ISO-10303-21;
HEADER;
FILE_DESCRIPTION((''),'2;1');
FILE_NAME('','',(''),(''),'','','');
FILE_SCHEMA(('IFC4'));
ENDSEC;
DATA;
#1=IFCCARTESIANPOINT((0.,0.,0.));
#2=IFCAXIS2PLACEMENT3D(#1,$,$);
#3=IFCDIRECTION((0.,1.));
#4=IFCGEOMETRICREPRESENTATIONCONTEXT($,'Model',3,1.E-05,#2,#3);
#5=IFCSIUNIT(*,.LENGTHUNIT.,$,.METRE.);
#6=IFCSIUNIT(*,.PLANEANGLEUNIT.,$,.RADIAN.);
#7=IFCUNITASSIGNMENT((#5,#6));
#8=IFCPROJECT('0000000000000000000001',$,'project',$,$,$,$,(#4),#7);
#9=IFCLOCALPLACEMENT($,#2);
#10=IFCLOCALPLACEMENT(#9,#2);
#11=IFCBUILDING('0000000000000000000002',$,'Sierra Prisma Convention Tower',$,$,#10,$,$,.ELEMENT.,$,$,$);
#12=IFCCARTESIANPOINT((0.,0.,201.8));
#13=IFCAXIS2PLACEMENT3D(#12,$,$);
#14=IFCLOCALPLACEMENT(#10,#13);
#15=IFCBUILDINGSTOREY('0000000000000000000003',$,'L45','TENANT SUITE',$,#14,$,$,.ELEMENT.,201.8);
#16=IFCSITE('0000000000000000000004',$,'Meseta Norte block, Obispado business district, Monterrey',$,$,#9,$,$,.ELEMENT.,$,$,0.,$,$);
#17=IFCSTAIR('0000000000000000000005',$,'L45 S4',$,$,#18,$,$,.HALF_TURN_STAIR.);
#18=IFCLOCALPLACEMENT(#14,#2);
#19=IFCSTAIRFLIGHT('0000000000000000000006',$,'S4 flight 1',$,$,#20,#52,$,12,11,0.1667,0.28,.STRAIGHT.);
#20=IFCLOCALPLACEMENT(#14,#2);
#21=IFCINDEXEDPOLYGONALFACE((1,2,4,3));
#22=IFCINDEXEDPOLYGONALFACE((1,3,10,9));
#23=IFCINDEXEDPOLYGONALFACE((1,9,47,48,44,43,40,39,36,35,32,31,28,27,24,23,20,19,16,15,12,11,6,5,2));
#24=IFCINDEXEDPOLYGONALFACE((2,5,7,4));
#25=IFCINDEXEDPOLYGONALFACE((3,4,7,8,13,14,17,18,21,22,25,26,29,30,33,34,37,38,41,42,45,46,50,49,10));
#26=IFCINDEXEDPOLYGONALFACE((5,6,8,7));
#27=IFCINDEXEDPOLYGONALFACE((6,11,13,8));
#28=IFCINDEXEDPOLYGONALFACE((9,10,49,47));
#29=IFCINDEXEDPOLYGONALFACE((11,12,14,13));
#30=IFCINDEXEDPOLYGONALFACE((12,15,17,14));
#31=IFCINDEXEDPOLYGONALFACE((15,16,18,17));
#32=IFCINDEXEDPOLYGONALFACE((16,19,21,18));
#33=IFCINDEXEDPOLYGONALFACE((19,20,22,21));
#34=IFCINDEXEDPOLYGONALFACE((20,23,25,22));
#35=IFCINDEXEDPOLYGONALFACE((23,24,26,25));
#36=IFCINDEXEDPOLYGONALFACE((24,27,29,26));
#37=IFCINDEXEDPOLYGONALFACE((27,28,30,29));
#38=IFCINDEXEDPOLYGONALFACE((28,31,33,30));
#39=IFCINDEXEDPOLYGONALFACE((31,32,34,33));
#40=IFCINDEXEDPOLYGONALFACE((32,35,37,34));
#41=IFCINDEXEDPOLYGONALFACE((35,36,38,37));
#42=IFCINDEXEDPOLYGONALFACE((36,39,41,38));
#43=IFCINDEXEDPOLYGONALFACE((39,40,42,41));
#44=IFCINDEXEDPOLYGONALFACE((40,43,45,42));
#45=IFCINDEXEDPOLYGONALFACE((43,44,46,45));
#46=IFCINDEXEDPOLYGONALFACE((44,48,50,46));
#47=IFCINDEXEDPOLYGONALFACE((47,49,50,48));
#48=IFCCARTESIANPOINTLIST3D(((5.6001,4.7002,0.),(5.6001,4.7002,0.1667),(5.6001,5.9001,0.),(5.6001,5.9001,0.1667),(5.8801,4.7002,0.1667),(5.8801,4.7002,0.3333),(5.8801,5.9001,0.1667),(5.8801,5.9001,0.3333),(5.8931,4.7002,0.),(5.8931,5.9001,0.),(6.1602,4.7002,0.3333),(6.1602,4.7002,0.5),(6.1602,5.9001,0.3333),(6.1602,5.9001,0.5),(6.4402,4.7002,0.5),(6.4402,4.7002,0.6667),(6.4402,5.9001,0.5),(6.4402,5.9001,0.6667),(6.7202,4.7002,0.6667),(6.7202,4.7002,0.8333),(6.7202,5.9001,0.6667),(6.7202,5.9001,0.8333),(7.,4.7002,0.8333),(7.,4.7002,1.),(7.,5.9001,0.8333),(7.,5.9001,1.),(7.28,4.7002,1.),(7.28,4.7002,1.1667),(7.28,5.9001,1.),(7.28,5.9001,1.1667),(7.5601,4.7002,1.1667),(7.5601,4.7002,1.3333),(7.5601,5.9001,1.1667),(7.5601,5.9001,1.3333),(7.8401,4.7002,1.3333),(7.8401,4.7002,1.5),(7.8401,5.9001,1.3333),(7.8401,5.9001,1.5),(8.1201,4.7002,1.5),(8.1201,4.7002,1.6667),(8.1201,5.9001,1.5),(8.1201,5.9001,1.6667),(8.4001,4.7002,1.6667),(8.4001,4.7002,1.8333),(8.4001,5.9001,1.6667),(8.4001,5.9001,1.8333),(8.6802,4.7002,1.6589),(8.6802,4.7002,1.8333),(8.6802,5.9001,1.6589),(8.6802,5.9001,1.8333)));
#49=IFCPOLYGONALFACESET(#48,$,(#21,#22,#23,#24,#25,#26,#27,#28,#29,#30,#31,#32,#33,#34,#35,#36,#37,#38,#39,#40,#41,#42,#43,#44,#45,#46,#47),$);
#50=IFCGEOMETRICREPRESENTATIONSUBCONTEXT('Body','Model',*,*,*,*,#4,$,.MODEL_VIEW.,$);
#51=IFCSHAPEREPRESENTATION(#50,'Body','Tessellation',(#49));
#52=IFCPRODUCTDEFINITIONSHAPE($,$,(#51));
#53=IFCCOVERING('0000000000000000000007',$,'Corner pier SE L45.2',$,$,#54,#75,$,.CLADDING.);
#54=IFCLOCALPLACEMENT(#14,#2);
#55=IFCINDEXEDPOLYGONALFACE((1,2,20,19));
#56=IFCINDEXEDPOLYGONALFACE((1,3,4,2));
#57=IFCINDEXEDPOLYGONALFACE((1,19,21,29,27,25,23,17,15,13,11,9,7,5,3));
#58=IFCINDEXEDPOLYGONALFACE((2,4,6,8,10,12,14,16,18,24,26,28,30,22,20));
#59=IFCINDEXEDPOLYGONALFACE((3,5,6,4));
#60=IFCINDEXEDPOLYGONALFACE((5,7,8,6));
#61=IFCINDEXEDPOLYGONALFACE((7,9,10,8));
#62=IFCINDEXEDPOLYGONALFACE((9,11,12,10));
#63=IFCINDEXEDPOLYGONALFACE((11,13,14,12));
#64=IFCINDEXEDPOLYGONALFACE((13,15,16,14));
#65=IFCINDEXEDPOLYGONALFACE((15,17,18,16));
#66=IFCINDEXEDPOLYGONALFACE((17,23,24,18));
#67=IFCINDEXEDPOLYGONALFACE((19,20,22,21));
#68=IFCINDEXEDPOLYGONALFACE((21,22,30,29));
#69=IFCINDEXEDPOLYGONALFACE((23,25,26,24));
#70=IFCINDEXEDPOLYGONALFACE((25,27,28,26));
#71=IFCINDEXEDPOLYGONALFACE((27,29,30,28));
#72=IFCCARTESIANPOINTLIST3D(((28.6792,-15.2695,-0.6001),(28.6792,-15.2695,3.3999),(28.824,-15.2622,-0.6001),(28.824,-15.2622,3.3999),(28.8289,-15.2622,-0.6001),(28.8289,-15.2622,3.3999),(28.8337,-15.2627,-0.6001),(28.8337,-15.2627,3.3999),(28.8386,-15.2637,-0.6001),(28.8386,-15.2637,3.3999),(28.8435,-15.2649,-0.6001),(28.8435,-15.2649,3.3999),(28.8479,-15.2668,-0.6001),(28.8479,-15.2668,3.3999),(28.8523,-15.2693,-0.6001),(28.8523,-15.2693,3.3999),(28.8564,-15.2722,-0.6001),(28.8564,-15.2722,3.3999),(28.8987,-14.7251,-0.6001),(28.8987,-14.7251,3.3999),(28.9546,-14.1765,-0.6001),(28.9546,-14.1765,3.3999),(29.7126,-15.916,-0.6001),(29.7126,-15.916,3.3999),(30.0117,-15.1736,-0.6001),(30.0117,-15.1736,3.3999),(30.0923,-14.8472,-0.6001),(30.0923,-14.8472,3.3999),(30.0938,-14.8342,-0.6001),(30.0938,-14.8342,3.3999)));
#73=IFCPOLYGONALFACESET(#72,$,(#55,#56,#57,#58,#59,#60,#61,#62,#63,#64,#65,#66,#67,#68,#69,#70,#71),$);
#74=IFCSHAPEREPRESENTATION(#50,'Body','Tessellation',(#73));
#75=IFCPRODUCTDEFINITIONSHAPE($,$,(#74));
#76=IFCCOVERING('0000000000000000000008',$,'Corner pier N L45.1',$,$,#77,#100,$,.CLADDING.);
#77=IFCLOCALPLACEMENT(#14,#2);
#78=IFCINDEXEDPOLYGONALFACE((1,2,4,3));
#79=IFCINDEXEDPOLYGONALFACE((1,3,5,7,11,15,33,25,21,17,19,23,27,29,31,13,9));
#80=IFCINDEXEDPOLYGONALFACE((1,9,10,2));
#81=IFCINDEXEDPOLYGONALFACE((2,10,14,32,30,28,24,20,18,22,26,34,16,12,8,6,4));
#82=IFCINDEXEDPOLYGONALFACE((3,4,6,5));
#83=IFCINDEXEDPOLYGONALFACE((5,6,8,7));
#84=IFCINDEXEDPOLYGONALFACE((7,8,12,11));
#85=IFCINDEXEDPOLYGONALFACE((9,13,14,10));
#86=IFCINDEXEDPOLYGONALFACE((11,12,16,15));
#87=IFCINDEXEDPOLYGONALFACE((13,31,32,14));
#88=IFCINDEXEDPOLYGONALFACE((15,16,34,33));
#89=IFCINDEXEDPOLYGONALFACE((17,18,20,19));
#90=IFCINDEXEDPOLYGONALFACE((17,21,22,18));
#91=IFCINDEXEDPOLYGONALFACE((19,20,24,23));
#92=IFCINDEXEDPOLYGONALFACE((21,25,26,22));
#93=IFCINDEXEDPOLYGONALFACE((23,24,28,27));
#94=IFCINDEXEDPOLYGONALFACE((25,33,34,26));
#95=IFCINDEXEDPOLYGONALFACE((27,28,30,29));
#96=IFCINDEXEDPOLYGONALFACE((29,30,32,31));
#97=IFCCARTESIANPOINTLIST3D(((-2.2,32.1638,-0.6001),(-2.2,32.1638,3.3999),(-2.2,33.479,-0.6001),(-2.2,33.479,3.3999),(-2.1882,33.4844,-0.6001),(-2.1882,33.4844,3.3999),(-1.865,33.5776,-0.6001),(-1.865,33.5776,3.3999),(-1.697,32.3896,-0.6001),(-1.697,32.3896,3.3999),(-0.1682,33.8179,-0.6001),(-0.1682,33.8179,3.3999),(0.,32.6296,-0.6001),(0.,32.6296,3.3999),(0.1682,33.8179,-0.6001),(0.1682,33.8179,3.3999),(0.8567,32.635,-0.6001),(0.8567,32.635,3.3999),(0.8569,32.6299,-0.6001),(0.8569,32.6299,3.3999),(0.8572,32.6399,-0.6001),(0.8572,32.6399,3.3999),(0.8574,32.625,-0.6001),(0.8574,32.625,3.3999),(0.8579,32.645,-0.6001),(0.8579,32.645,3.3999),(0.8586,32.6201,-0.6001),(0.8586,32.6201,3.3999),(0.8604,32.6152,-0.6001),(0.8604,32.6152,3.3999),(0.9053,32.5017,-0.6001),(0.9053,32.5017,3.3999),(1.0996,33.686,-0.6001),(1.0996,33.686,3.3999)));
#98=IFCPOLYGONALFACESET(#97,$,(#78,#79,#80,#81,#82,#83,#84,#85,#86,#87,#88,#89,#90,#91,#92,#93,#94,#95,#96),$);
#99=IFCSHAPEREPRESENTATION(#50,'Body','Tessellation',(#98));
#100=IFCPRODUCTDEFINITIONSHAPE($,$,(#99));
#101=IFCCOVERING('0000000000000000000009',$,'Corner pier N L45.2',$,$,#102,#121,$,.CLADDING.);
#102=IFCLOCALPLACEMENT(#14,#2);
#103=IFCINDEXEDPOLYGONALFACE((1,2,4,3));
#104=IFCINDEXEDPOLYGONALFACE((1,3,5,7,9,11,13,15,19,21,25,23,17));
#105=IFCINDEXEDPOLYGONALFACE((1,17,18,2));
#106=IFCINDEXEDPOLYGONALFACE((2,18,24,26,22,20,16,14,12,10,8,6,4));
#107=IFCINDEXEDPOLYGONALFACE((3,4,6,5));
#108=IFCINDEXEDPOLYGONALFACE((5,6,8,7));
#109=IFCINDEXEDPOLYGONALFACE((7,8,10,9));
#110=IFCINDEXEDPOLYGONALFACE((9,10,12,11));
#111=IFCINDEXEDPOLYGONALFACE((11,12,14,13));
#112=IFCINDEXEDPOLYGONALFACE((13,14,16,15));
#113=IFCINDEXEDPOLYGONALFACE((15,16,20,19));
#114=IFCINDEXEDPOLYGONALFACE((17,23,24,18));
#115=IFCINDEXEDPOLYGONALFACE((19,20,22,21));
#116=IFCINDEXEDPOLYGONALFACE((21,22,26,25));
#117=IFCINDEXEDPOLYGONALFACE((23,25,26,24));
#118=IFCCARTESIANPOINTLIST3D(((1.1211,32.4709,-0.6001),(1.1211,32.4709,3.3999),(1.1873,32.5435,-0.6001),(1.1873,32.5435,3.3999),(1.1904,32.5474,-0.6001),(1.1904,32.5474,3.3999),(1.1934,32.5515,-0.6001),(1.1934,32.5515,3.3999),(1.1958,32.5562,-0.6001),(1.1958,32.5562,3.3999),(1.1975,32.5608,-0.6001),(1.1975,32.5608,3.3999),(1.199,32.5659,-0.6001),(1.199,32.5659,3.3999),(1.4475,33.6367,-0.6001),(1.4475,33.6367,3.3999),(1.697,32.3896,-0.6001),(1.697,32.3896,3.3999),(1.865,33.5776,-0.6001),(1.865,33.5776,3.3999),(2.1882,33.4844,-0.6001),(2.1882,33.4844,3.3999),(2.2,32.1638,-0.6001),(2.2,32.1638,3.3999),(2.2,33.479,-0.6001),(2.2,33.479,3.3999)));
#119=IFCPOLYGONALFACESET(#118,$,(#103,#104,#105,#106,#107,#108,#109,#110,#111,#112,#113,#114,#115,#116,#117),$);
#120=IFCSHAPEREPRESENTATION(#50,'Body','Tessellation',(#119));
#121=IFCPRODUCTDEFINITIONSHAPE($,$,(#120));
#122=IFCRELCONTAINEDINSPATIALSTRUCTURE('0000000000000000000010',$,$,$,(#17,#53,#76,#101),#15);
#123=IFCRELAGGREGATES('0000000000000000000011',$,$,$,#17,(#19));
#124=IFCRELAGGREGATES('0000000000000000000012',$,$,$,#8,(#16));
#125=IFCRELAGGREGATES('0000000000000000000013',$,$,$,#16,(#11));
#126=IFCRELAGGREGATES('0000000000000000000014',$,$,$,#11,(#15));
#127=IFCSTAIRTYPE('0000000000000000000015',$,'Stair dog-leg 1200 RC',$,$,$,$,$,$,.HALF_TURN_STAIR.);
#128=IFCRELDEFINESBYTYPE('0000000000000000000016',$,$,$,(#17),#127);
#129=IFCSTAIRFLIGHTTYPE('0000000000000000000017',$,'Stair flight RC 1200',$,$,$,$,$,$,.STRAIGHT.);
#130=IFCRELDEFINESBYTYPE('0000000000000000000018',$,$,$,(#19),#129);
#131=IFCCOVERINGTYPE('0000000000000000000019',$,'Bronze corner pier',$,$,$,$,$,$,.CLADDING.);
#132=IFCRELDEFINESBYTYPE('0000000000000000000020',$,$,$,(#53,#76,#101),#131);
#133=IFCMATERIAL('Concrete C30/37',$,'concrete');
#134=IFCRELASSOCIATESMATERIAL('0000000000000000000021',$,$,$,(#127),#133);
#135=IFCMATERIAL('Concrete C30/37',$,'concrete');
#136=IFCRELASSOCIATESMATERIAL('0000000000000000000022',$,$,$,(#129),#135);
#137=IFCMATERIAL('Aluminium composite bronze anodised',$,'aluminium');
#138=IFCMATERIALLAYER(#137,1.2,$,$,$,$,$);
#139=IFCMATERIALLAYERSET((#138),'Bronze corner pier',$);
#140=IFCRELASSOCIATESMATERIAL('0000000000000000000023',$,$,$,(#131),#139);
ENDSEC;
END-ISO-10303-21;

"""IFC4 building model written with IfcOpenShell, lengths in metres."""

from ifc_helpers import new_model, si_unit, direction, frame, origin, place, context, subcontext, project, spatial, polyline, outline, extrude, material, layer, layer_set, type_object, element, aggregate, save


model = new_model("IFC4")

# Units and contexts
model_context = context("Model", 3, precision=1e-05, world=origin(), true_north=direction((0.0, 1.0)))
body_context = subcontext(model_context, "Body", "Model", "MODEL_VIEW")
ifc_project = project(units=[si_unit("LENGTHUNIT", "METRE"), si_unit("PLANEANGLEUNIT", "RADIAN")], contexts=[model_context])

# Site, building, storey
site_placement = place(None, origin())
site = spatial("IfcSite", under=ifc_project, at=site_placement, Name="Meseta Norte block, Obispado business district, Monterrey", CompositionType="ELEMENT", RefElevation=0.0)
building_placement = place(site_placement, origin())
building = spatial("IfcBuilding", under=site, at=building_placement, Name="Sierra Prisma Convention Tower", CompositionType="ELEMENT")
storey_placement = place(building_placement, frame((0.0, 0.0, 201.8)))
storey = spatial("IfcBuildingStorey", under=building, at=storey_placement, Name="L45", Description="TENANT SUITE", CompositionType="ELEMENT", Elevation=201.8)

# Shared definitions
ifc_material_1 = material(Name="Concrete C30/37", Category="concrete")
stair_type = type_object("IfcStairType", Name="Stair dog-leg 1200 RC", PredefinedType="HALF_TURN_STAIR", material=ifc_material_1)

# Stair
stair_1_placement = place(storey_placement, origin())
stair_1 = element("IfcStair", 1, at=stair_1_placement, inside=storey, type_object=stair_type, Name="L45 S4", PredefinedType="HALF_TURN_STAIR")

# Stair flight
ifc_material_2 = material(Name="Concrete C30/37", Category="concrete")
stair_flight_type = type_object("IfcStairFlightType", Name="Stair flight RC 1200", PredefinedType="STRAIGHT", material=ifc_material_2)
stair_flight_placement = place(storey_placement, frame((5.6001, 5.3, 0.0), z_axis=(0.0, 0.0, 1.0), x_axis=(1.0, 0.0, 0.0)))
stair_flight = element("IfcStairFlight", 2, at=stair_flight_placement, type_object=stair_flight_type, Name="S4 flight 1", NumberOfRisers=12, NumberOfTreads=11, PredefinedType="STRAIGHT", RiserHeight=0.1667, TreadLength=0.28, context=body_context, shape_type="SweptSolid", body=[
    extrude(outline(polyline([(0.0, 0.0), (0.0, 0.1667), (0.28, 0.1667), (0.28, 0.3333), (0.5601, 0.3333), (0.5601, 0.5), (0.8401, 0.5), (0.8401, 0.6667), (1.1201, 0.6667), (1.1201, 0.8333), (1.3999, 0.8333), (1.3999, 1.0), (1.6799, 1.0), (1.6799, 1.1667), (1.96, 1.1667), (1.96, 1.3333), (2.24, 1.3333), (2.24, 1.5), (2.52, 1.5), (2.52, 1.6667), (2.8, 1.6667), (2.8, 1.8333), (3.0801, 1.8333), (3.0801, 2.0), (3.0801, 1.6589), (0.293, 0.0), (0.0, 0.0)])), frame((0.0, 0.6001, 0.0), z_axis=(0.0, -1.0, 0.0), x_axis=(1.0, 0.0, 0.0)), (0.0, 0.0, 1.0), 1.2),
])
aggregate(stair_1, [stair_flight])

# Coverings
ifc_material_3 = material(Name="Aluminium composite bronze anodised", Category="aluminium")
ifc_layer_1 = layer(ifc_material_3, 1.2)
ifc_layer_set_1 = layer_set([ifc_layer_1], Name="Bronze corner pier")
covering_type = type_object("IfcCoveringType", Name="Bronze corner pier", PredefinedType="CLADDING", material=ifc_layer_set_1)
covering_1_placement = place(storey_placement, frame((0.0, 0.0, -0.6001)))
element("IfcCovering", 3, at=covering_1_placement, inside=storey, type_object=covering_type, Name="Corner pier SE L45.2", PredefinedType="CLADDING", context=body_context, shape_type="SweptSolid", body=[
    extrude(outline(polyline([(28.8479, -15.2668), (28.8435, -15.2649), (28.8386, -15.2637), (28.8337, -15.2627), (28.8289, -15.2622), (28.824, -15.2622), (28.6792, -15.2695), (28.8987, -14.7251), (28.9546, -14.1765), (30.0938, -14.8342), (30.0923, -14.8472), (30.0117, -15.1736), (29.7126, -15.916), (28.8564, -15.2722), (28.8523, -15.2693), (28.8479, -15.2668)])), origin(), (0.0, 0.0, 1.0), 4.0),
])
covering_2_placement = place(storey_placement, frame((0.0, 0.0, -0.6001)))
element("IfcCovering", 4, at=covering_2_placement, inside=storey, type_object=covering_type, Name="Corner pier N L45.1", PredefinedType="CLADDING", context=body_context, shape_type="SweptSolid", body=[
    extrude(outline(polyline([(-1.865, 33.5776), (-0.1682, 33.8179), (0.1682, 33.8179), (1.0996, 33.686), (0.8579, 32.645), (0.8572, 32.6399), (0.8567, 32.635), (0.8569, 32.6299), (0.8574, 32.625), (0.8586, 32.6201), (0.8604, 32.6152), (0.9053, 32.5017), (0.0, 32.6296), (-1.697, 32.3896), (-2.2, 32.1638), (-2.2, 33.479), (-2.1882, 33.4844), (-1.865, 33.5776)])), origin(), (0.0, 0.0, 1.0), 4.0),
])
covering_3_placement = place(storey_placement, frame((0.0, 0.0, -0.6001)))
element("IfcCovering", 5, at=covering_3_placement, inside=storey, type_object=covering_type, Name="Corner pier N L45.2", PredefinedType="CLADDING", context=body_context, shape_type="SweptSolid", body=[
    extrude(outline(polyline([(2.1882, 33.4844), (2.2, 33.479), (2.2, 32.1638), (1.697, 32.3896), (1.1211, 32.4709), (1.1873, 32.5435), (1.1904, 32.5474), (1.1934, 32.5515), (1.1958, 32.5562), (1.1975, 32.5608), (1.199, 32.5659), (1.4475, 33.6367), (1.865, 33.5776), (2.1882, 33.4844)])), origin(), (0.0, 0.0, 1.0), 4.0),
])

save(model, "model.ifc")
